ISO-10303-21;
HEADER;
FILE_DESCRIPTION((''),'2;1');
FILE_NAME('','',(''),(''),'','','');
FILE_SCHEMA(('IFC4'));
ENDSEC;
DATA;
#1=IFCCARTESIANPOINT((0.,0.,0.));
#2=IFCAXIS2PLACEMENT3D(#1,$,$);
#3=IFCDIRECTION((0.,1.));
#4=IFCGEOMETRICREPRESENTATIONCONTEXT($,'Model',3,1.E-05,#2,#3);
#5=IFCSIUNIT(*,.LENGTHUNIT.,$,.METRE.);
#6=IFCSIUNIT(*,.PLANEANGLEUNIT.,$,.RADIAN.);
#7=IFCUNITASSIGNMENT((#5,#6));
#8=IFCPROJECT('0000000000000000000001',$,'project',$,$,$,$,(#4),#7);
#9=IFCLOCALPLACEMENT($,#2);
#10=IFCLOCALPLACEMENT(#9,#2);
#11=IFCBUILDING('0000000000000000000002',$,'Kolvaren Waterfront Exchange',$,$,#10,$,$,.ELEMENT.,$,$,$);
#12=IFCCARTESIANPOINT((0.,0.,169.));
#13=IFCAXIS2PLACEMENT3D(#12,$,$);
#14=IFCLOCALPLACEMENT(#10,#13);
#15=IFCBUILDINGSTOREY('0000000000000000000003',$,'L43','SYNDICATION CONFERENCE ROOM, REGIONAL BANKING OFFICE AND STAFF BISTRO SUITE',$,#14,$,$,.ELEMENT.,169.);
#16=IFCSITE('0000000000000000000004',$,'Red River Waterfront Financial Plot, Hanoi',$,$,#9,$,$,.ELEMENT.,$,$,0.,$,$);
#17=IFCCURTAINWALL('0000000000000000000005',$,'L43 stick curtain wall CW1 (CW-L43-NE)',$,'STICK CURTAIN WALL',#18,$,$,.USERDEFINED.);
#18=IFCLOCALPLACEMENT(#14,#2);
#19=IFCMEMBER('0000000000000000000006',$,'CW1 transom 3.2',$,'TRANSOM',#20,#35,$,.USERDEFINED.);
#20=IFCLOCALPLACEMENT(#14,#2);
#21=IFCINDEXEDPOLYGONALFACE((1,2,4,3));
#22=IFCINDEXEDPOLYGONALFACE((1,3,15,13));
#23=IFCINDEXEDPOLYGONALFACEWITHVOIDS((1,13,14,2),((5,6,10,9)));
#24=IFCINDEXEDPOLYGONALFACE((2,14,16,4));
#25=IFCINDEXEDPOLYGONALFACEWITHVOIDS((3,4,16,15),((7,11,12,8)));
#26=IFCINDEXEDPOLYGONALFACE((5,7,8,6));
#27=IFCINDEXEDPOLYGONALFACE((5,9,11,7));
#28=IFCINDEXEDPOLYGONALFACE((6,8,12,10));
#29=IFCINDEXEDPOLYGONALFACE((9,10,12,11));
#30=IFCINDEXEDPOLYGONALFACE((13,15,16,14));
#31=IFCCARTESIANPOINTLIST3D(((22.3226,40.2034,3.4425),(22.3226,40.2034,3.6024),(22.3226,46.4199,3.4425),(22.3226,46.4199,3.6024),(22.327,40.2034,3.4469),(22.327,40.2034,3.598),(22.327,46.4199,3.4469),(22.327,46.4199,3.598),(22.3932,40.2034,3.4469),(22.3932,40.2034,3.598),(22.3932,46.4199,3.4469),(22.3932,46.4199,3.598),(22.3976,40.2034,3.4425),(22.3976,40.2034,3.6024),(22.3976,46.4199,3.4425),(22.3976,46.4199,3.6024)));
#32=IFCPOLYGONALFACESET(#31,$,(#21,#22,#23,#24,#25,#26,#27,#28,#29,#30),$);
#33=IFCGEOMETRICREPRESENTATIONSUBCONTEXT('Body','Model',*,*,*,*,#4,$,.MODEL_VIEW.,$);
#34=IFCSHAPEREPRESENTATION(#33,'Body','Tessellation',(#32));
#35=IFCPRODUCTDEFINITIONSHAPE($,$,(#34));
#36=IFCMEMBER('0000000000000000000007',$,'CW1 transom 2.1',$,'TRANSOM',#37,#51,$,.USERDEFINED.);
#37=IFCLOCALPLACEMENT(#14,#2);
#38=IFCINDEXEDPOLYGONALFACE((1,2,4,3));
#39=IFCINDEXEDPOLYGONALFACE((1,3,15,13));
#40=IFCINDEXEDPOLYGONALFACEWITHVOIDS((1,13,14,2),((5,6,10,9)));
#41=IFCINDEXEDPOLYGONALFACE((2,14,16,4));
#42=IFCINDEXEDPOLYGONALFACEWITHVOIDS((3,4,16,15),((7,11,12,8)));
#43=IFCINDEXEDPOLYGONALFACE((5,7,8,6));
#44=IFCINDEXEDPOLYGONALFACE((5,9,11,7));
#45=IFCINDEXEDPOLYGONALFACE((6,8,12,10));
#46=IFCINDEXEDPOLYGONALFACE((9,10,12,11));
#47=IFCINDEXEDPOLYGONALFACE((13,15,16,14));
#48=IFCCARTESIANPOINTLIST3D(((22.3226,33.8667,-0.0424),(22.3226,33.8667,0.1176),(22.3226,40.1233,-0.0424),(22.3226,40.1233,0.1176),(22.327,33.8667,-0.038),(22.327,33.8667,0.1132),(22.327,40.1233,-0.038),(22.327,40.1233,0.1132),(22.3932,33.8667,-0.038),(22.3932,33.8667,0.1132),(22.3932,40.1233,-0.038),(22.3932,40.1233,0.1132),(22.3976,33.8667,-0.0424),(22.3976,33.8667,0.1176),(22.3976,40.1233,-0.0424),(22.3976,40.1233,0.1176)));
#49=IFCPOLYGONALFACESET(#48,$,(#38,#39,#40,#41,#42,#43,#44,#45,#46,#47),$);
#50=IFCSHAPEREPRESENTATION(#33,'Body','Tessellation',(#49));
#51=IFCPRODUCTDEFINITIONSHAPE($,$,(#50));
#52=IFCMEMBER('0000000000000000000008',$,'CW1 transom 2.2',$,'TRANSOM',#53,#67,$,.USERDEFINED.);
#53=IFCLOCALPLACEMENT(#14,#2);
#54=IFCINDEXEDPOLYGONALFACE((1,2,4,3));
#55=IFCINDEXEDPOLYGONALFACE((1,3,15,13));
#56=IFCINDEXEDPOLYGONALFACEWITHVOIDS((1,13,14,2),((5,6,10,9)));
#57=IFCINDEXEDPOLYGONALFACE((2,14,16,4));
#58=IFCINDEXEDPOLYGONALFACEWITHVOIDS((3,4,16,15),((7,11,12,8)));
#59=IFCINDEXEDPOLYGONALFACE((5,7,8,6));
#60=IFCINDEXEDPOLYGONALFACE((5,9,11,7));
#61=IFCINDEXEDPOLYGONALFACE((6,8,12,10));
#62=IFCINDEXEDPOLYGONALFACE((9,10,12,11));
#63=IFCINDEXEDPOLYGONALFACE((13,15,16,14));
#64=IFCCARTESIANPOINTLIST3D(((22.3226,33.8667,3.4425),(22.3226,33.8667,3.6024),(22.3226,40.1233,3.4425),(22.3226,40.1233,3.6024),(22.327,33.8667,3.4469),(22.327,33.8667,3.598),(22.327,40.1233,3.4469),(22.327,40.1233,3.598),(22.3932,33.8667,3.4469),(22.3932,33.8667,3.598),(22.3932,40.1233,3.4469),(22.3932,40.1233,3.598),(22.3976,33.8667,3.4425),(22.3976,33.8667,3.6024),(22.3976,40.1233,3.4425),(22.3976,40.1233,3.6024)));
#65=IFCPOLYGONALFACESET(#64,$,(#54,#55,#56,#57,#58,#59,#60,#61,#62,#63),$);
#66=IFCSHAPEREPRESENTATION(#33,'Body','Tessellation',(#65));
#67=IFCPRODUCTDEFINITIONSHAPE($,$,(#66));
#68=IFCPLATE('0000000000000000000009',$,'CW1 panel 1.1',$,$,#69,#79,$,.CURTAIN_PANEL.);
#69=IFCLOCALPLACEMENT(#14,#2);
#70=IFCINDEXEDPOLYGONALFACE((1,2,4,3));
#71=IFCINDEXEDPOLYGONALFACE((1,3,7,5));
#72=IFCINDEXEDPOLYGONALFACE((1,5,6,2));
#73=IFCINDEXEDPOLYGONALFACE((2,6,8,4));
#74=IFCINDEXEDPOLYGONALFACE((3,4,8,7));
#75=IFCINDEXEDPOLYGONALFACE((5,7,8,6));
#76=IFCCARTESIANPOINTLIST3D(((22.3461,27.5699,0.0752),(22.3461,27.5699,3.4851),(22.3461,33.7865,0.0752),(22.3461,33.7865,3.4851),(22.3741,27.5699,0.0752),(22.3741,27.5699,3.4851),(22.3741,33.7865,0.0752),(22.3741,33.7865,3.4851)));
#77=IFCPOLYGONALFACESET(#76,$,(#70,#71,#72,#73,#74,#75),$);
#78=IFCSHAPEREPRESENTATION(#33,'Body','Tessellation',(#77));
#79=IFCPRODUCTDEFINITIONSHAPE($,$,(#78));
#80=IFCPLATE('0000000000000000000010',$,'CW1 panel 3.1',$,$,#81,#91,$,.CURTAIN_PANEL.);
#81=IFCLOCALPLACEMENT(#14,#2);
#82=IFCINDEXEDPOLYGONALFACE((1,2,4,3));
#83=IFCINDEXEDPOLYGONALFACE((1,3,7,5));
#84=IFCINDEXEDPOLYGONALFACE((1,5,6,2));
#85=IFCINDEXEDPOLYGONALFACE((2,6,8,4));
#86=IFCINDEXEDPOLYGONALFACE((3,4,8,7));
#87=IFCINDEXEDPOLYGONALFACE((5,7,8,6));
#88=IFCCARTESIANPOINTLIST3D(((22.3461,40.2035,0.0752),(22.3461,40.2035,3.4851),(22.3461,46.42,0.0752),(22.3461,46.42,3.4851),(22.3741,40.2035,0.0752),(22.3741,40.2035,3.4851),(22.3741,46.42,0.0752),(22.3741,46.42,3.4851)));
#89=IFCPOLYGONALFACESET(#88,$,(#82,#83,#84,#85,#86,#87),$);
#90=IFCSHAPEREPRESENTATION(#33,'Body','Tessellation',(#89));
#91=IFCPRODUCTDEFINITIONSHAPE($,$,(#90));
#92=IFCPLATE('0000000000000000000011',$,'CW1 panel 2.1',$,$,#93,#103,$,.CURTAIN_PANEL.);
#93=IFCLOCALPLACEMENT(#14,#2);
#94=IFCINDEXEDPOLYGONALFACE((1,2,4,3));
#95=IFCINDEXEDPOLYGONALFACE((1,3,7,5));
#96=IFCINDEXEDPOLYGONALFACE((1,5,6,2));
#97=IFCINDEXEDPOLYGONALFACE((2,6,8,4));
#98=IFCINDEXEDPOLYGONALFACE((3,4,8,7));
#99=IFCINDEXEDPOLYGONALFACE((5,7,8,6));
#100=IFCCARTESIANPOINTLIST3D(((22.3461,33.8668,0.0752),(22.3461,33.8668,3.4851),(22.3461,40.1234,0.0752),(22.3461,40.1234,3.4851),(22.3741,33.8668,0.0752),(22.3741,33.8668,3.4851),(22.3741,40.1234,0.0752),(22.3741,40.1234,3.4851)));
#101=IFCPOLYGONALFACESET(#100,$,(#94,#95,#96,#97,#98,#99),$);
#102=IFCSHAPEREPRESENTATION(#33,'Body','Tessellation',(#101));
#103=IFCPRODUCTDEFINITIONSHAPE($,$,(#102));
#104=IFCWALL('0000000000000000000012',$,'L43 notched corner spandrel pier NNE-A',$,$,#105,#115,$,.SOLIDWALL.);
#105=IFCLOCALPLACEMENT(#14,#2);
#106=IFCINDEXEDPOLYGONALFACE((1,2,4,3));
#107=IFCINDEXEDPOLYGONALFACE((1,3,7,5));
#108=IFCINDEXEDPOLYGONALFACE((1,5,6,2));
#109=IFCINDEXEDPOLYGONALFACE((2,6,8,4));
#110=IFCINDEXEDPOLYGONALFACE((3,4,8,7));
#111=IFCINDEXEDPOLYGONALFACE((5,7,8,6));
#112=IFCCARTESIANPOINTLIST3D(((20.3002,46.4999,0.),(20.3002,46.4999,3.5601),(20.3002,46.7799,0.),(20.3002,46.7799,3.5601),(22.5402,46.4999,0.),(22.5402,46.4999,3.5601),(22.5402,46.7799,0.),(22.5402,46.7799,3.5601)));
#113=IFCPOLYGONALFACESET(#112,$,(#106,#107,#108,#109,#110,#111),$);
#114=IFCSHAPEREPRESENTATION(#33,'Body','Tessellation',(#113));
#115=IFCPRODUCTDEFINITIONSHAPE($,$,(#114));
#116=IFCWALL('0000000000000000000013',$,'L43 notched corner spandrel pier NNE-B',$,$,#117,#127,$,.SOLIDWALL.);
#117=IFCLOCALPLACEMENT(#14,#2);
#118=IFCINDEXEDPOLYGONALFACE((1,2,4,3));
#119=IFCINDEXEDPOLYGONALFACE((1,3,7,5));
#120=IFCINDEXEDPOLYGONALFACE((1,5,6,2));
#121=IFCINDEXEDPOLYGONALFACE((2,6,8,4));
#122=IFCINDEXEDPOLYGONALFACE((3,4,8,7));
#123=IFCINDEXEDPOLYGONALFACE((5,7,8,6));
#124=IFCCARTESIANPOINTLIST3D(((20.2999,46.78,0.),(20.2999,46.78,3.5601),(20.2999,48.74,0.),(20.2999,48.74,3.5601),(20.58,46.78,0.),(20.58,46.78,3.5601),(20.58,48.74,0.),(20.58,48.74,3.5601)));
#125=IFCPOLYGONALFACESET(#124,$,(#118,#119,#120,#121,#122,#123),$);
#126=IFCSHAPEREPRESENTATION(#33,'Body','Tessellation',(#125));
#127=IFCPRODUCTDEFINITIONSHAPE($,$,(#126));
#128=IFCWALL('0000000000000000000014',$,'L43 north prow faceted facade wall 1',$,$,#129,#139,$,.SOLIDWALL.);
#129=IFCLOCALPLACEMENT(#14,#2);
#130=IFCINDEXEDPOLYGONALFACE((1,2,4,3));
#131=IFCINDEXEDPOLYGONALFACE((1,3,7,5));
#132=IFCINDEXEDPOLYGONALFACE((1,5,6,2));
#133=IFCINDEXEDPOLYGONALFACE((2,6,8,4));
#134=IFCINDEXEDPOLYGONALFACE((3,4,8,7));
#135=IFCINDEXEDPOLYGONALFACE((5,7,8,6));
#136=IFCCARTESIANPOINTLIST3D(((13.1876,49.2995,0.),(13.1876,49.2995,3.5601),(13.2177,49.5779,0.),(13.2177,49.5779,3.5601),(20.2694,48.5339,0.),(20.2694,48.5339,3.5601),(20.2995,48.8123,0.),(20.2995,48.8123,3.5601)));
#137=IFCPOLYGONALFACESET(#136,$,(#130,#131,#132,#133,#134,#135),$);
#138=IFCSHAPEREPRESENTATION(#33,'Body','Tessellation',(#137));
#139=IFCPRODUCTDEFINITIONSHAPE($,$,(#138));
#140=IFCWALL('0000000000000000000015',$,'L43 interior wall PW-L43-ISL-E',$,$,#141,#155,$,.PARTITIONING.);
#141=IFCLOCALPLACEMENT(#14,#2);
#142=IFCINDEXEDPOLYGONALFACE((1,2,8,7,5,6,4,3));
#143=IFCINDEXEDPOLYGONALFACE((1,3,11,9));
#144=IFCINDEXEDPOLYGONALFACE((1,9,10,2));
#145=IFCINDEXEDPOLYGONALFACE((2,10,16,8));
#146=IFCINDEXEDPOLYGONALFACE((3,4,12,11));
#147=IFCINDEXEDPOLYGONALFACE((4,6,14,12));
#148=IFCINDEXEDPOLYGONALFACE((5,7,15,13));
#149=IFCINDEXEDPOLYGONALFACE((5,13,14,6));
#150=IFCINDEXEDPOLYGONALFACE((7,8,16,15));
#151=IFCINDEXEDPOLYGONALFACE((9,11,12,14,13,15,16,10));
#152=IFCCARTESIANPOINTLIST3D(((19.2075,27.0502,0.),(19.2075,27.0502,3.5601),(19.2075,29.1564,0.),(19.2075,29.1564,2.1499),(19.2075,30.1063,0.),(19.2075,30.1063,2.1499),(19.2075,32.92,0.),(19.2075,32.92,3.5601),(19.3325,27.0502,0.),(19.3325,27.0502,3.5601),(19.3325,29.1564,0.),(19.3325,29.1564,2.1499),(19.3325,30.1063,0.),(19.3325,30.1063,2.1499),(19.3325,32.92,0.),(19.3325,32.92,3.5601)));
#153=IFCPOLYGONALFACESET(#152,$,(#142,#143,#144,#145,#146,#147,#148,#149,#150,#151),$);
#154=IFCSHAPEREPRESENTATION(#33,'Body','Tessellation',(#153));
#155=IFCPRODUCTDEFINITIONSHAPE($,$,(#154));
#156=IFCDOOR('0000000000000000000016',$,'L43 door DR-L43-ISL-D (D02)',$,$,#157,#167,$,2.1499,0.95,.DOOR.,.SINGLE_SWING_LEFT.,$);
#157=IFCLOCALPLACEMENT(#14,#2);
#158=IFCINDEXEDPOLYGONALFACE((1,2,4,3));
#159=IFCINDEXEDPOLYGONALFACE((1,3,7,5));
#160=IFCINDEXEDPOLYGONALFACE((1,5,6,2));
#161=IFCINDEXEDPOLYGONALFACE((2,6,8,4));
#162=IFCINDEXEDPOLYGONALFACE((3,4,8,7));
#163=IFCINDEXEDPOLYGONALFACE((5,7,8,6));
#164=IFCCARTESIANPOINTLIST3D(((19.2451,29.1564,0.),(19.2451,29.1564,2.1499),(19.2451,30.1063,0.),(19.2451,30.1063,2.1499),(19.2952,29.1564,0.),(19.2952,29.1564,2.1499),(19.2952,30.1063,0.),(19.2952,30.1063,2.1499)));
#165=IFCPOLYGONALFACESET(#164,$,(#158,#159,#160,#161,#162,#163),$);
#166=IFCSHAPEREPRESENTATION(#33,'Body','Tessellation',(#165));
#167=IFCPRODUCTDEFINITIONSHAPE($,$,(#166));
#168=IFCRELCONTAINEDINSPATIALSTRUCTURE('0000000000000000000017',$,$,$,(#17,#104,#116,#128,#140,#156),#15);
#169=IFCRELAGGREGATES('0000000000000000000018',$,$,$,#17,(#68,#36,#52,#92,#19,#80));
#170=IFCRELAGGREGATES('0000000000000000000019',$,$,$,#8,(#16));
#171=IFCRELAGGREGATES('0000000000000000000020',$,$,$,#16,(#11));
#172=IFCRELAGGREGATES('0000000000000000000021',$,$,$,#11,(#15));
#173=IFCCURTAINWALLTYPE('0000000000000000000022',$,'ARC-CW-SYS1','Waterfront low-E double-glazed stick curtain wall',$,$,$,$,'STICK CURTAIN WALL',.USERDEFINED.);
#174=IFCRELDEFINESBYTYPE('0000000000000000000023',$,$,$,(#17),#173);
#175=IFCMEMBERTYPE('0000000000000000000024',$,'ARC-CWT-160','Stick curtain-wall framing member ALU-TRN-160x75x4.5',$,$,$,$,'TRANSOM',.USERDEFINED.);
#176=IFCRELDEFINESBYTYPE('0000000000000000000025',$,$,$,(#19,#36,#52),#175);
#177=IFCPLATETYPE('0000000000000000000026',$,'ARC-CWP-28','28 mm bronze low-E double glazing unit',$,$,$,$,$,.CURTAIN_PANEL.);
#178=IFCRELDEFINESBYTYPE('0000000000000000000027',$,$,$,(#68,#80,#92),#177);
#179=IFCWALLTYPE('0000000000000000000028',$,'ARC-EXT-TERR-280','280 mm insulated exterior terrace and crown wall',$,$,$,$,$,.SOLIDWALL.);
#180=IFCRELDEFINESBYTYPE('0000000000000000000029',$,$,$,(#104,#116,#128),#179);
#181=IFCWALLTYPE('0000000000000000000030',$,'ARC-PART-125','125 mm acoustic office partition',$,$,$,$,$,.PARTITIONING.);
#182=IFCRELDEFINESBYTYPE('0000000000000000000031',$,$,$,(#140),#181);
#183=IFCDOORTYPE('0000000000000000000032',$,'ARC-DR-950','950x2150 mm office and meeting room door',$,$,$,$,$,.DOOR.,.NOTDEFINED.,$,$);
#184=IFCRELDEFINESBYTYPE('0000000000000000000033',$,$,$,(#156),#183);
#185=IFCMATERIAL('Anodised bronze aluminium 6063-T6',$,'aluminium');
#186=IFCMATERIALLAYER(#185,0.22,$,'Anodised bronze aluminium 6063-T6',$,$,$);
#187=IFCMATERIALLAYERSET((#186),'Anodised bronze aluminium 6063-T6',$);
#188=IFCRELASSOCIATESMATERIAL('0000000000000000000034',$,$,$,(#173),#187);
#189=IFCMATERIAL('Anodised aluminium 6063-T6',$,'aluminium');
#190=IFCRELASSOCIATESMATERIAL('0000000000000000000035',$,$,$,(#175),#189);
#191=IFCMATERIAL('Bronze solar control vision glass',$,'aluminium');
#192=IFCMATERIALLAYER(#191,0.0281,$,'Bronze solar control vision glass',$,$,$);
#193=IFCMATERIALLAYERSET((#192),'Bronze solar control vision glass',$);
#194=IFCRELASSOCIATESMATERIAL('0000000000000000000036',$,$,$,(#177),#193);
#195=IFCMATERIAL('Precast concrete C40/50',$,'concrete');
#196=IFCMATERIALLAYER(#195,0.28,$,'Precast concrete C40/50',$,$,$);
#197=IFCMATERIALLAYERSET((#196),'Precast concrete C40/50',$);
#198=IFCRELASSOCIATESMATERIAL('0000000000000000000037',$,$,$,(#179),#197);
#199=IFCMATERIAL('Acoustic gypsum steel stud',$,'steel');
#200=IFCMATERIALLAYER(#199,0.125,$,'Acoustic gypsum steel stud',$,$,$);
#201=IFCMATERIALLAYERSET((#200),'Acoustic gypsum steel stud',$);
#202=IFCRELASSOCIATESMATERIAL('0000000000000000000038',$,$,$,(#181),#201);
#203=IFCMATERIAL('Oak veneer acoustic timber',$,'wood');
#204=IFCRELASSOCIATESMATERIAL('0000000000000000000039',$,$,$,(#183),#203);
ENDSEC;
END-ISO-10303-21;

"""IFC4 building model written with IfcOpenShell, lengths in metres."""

from ifc_helpers import new_model, si_unit, direction, frame, frame_2d, origin, origin_with_axes, origin_2d, place, context, subcontext, project, spatial, rectangle, hollow_rectangle, extrude, source, transform, mapped, material, layer, layer_set, material_profile, profile_set, type_object, element, fill, aggregate, save


model = new_model("IFC4")

# Units and contexts
model_context = context("Model", 3, precision=1e-05, world=origin(), true_north=direction((0.0, 1.0)))
body_context = subcontext(model_context, "Body", "Model", "MODEL_VIEW")
ifc_project = project(units=[si_unit("LENGTHUNIT", "METRE"), si_unit("PLANEANGLEUNIT", "RADIAN")], contexts=[model_context])

# Site, building, storey
site_placement = place(None, origin())
site = spatial("IfcSite", under=ifc_project, at=site_placement, Name="Red River Waterfront Financial Plot, Hanoi", CompositionType="ELEMENT", RefElevation=0.0)
building_placement = place(site_placement, origin())
building = spatial("IfcBuilding", under=site, at=building_placement, Name="Kolvaren Waterfront Exchange", CompositionType="ELEMENT")
storey_placement = place(building_placement, frame((0.0, 0.0, 169.0)))
storey = spatial("IfcBuildingStorey", under=building, at=storey_placement, Name="L43", Description="SYNDICATION CONFERENCE ROOM, REGIONAL BANKING OFFICE AND STAFF BISTRO SUITE", CompositionType="ELEMENT", Elevation=169.0)

# Curtain wall, members, plates
ifc_material_1 = material(Name="Anodised bronze aluminium 6063-T6", Category="aluminium")
ifc_layer_1 = layer(ifc_material_1, 0.22, Name="Anodised bronze aluminium 6063-T6")
ifc_layer_set_1 = layer_set([ifc_layer_1], Name="Anodised bronze aluminium 6063-T6")
curtain_wall_type = type_object("IfcCurtainWallType", Name="ARC-CW-SYS1", Description="Waterfront low-E double-glazed stick curtain wall", ElementType="STICK CURTAIN WALL", PredefinedType="USERDEFINED", material=ifc_layer_set_1)
curtain_wall_placement = place(storey_placement, origin())
curtain_wall = element("IfcCurtainWall", 1, at=curtain_wall_placement, inside=storey, type_object=curtain_wall_type, Name="L43 stick curtain wall CW1 (CW-L43-NE)", ObjectType="STICK CURTAIN WALL", PredefinedType="USERDEFINED")
ifc_material_2 = material(Name="Anodised aluminium 6063-T6", Category="aluminium")
ifc_material_profile_1 = material_profile(ifc_material_2, hollow_rectangle(XDim=0.075, YDim=0.1599, WallThickness=0.0044, at=origin_2d()), Name="ALU-TRN-160x75x4.5")
ifc_profile_set_1 = profile_set([ifc_material_profile_1], Name="Anodised aluminium 6063-T6")
member_type_1 = type_object("IfcMemberType", Name="ARC-CWT-160", Description="Stick curtain-wall framing member ALU-TRN-160x75x4.5", ElementType="TRANSOM", PredefinedType="USERDEFINED", material=ifc_profile_set_1)
shared_shape_1 = source(origin_with_axes(), body_context, "Body", "SweptSolid", [
    extrude(hollow_rectangle(XDim=0.075, YDim=0.1599, WallThickness=0.0044, at=origin_2d()), origin(), (0.0, 0.0, 1.0), 6.2166),
])
member_1_placement = place(storey_placement, frame((22.3601, 40.2034, 3.5225), z_axis=(0.0, 1.0, 0.0), x_axis=(-1.0, 0.0, 0.0)))
member_1 = element("IfcMember", 2, at=member_1_placement, type_object=member_type_1, Name="CW1 transom 3.2", ObjectType="TRANSOM", PredefinedType="USERDEFINED", context=body_context, shape_type="MappedRepresentation", body=[
    mapped(shared_shape_1, transform((0.0, 0.0, 0.0), x_axis=(1.0, 0.0, 0.0), y_axis=(0.0, 1.0, 0.0), z_axis=(0.0, 0.0, 1.0), scale=1.0)),
])
shared_shape_2 = source(origin_with_axes(), body_context, "Body", "SweptSolid", [
    extrude(hollow_rectangle(XDim=0.075, YDim=0.1599, WallThickness=0.0044, at=origin_2d()), origin(), (0.0, 0.0, 1.0), 6.2566),
])
member_2_placement = place(storey_placement, frame((22.3601, 33.8667, 0.0376), z_axis=(0.0, 1.0, 0.0), x_axis=(-1.0, 0.0, 0.0)))
member_2 = element("IfcMember", 3, at=member_2_placement, type_object=member_type_1, Name="CW1 transom 2.1", ObjectType="TRANSOM", PredefinedType="USERDEFINED", context=body_context, shape_type="MappedRepresentation", body=[
    mapped(shared_shape_2, transform((0.0, 0.0, 0.0), x_axis=(1.0, 0.0, 0.0), y_axis=(0.0, 1.0, 0.0), z_axis=(0.0, 0.0, 1.0), scale=1.0)),
])
member_3_placement = place(storey_placement, frame((22.3601, 33.8667, 3.5225), z_axis=(0.0, 1.0, 0.0), x_axis=(-1.0, 0.0, 0.0)))
member_3 = element("IfcMember", 4, at=member_3_placement, type_object=member_type_1, Name="CW1 transom 2.2", ObjectType="TRANSOM", PredefinedType="USERDEFINED", context=body_context, shape_type="MappedRepresentation", body=[
    mapped(shared_shape_2, transform((0.0, 0.0, 0.0), x_axis=(1.0, 0.0, 0.0), y_axis=(0.0, 1.0, 0.0), z_axis=(0.0, 0.0, 1.0), scale=1.0)),
])
ifc_material_3 = material(Name="Bronze solar control vision glass", Category="aluminium")
ifc_layer_2 = layer(ifc_material_3, 0.0281, Name="Bronze solar control vision glass")
ifc_layer_set_2 = layer_set([ifc_layer_2], Name="Bronze solar control vision glass")
plate_type = type_object("IfcPlateType", Name="ARC-CWP-28", Description="28 mm bronze low-E double glazing unit", PredefinedType="CURTAIN_PANEL", material=ifc_layer_set_2)
shared_shape_3 = source(origin_with_axes(), body_context, "Body", "SweptSolid", [
    extrude(rectangle(XDim=6.2166, YDim=0.0281, at=origin_2d()), origin(), (0.0, 0.0, 1.0), 3.4099),
])
plate_1_placement = place(storey_placement, frame((22.3601, 30.6782, 0.0752), z_axis=(0.0, 0.0, 1.0), x_axis=(0.0, 1.0, 0.0)))
plate_1 = element("IfcPlate", 5, at=plate_1_placement, type_object=plate_type, Name="CW1 panel 1.1", PredefinedType="CURTAIN_PANEL", context=body_context, shape_type="MappedRepresentation", body=[
    mapped(shared_shape_3, transform((0.0, 0.0, 0.0), x_axis=(1.0, 0.0, 0.0), y_axis=(0.0, 1.0, 0.0), z_axis=(0.0, 0.0, 1.0), scale=1.0)),
])
plate_2_placement = place(storey_placement, frame((22.3601, 43.3118, 0.0752), z_axis=(0.0, 0.0, 1.0), x_axis=(0.0, 1.0, 0.0)))
plate_2 = element("IfcPlate", 6, at=plate_2_placement, type_object=plate_type, Name="CW1 panel 3.1", PredefinedType="CURTAIN_PANEL", context=body_context, shape_type="MappedRepresentation", body=[
    mapped(shared_shape_3, transform((0.0, 0.0, 0.0), x_axis=(1.0, 0.0, 0.0), y_axis=(0.0, 1.0, 0.0), z_axis=(0.0, 0.0, 1.0), scale=1.0)),
])
shared_shape_4 = source(origin_with_axes(), body_context, "Body", "SweptSolid", [
    extrude(rectangle(XDim=6.2566, YDim=0.0281, at=origin_2d()), origin(), (0.0, 0.0, 1.0), 3.4099),
])
plate_3_placement = place(storey_placement, frame((22.3601, 36.9951, 0.0752), z_axis=(0.0, 0.0, 1.0), x_axis=(0.0, 1.0, 0.0)))
plate_3 = element("IfcPlate", 7, at=plate_3_placement, type_object=plate_type, Name="CW1 panel 2.1", PredefinedType="CURTAIN_PANEL", context=body_context, shape_type="MappedRepresentation", body=[
    mapped(shared_shape_4, transform((0.0, 0.0, 0.0), x_axis=(1.0, 0.0, 0.0), y_axis=(0.0, 1.0, 0.0), z_axis=(0.0, 0.0, 1.0), scale=1.0)),
])
aggregate(curtain_wall, [plate_1, member_2, member_3, plate_3, member_1, plate_2])

# Walls
ifc_material_4 = material(Name="Precast concrete C40/50", Category="concrete")
ifc_layer_3 = layer(ifc_material_4, 0.28, Name="Precast concrete C40/50")
ifc_layer_set_3 = layer_set([ifc_layer_3], Name="Precast concrete C40/50")
wall_type_1 = type_object("IfcWallType", Name="ARC-EXT-TERR-280", Description="280 mm insulated exterior terrace and crown wall", PredefinedType="SOLIDWALL", material=ifc_layer_set_3)
wall_1_placement = place(storey_placement, frame((20.3, 46.6399, 0.0), z_axis=(0.0, 0.0, 1.0), x_axis=(1.0, 0.0, 0.0)))
element("IfcWall", 8, at=wall_1_placement, inside=storey, type_object=wall_type_1, Name="L43 notched corner spandrel pier NNE-A", PredefinedType="SOLIDWALL", context=body_context, shape_type="SweptSolid", body=[
    extrude(rectangle(XDim=2.24, YDim=0.28, at=frame_2d((1.1201, 0.0))), origin(), (0.0, 0.0, 1.0), 3.5601),
])
wall_2_placement = place(storey_placement, frame((20.4399, 46.78, 0.0), z_axis=(0.0, 0.0, 1.0), x_axis=(0.0, 1.0, 0.0)))
element("IfcWall", 9, at=wall_2_placement, inside=storey, type_object=wall_type_1, Name="L43 notched corner spandrel pier NNE-B", PredefinedType="SOLIDWALL", context=body_context, shape_type="SweptSolid", body=[
    extrude(rectangle(XDim=1.96, YDim=0.28, at=frame_2d((0.98, 0.0))), origin(), (0.0, 0.0, 1.0), 3.5601),
])
wall_3_placement = place(storey_placement, frame((20.2844, 48.6731, 0.0), z_axis=(0.0, 0.0, 1.0), x_axis=(-0.994207, 0.107486, 0.0)))
element("IfcWall", 10, at=wall_3_placement, inside=storey, type_object=wall_type_1, Name="L43 north prow faceted facade wall 1", PredefinedType="SOLIDWALL", context=body_context, shape_type="SweptSolid", body=[
    extrude(rectangle(XDim=7.123, YDim=0.28, at=frame_2d((3.5615, 0.0))), origin(), (0.0, 0.0, 1.0), 3.5601),
])

# Wall, opening, door
ifc_material_5 = material(Name="Acoustic gypsum steel stud", Category="steel")
ifc_layer_4 = layer(ifc_material_5, 0.125, Name="Acoustic gypsum steel stud")
ifc_layer_set_4 = layer_set([ifc_layer_4], Name="Acoustic gypsum steel stud")
wall_type_2 = type_object("IfcWallType", Name="ARC-PART-125", Description="125 mm acoustic office partition", PredefinedType="PARTITIONING", material=ifc_layer_set_4)
wall_4_placement = place(storey_placement, frame((19.27, 27.05, 0.0), z_axis=(0.0, 0.0, 1.0), x_axis=(0.0, 1.0, 0.0)))
wall_4 = element("IfcWall", 11, at=wall_4_placement, inside=storey, type_object=wall_type_2, Name="L43 interior wall PW-L43-ISL-E", PredefinedType="PARTITIONING", context=body_context, shape_type="SweptSolid", body=[
    extrude(rectangle(XDim=5.8699, YDim=0.125, at=frame_2d((2.9351, 0.0))), origin(), (0.0, 0.0, 1.0), 3.5601),
])
opening_placement = place(wall_4_placement, frame((2.1062, 0.0, 0.0)))
opening = element("IfcOpeningElement", 12, at=opening_placement, cuts=wall_4, PredefinedType="OPENING", context=body_context, shape_type="SweptSolid", body=[
    extrude(rectangle(XDim=0.95, YDim=2.1499, at=frame_2d((0.4751, 1.075))), frame((0.0, 0.0725, 0.0), z_axis=(0.0, -1.0, 0.0), x_axis=(1.0, 0.0, 0.0)), (0.0, 0.0, 1.0), 0.145),
])
ifc_material_6 = material(Name="Oak veneer acoustic timber", Category="wood")
door_type = type_object("IfcDoorType", Name="ARC-DR-950", Description="950x2150 mm office and meeting room door", OperationType="NOTDEFINED", PredefinedType="DOOR", material=ifc_material_6)
door_placement = place(opening_placement, origin())
door = element("IfcDoor", 13, at=door_placement, inside=storey, type_object=door_type, Name="L43 door DR-L43-ISL-D (D02)", OperationType="SINGLE_SWING_LEFT", OverallHeight=2.1499, OverallWidth=0.95, PredefinedType="DOOR", context=body_context, shape_type="SweptSolid", body=[
    extrude(rectangle(XDim=0.95, YDim=2.1499, at=frame_2d((0.4751, 1.075))), frame((0.0, 0.0249, 0.0), z_axis=(0.0, -1.0, 0.0), x_axis=(1.0, 0.0, 0.0)), (0.0, 0.0, 1.0), 0.05),
])
fill(opening, door)

save(model, "model.ifc")
